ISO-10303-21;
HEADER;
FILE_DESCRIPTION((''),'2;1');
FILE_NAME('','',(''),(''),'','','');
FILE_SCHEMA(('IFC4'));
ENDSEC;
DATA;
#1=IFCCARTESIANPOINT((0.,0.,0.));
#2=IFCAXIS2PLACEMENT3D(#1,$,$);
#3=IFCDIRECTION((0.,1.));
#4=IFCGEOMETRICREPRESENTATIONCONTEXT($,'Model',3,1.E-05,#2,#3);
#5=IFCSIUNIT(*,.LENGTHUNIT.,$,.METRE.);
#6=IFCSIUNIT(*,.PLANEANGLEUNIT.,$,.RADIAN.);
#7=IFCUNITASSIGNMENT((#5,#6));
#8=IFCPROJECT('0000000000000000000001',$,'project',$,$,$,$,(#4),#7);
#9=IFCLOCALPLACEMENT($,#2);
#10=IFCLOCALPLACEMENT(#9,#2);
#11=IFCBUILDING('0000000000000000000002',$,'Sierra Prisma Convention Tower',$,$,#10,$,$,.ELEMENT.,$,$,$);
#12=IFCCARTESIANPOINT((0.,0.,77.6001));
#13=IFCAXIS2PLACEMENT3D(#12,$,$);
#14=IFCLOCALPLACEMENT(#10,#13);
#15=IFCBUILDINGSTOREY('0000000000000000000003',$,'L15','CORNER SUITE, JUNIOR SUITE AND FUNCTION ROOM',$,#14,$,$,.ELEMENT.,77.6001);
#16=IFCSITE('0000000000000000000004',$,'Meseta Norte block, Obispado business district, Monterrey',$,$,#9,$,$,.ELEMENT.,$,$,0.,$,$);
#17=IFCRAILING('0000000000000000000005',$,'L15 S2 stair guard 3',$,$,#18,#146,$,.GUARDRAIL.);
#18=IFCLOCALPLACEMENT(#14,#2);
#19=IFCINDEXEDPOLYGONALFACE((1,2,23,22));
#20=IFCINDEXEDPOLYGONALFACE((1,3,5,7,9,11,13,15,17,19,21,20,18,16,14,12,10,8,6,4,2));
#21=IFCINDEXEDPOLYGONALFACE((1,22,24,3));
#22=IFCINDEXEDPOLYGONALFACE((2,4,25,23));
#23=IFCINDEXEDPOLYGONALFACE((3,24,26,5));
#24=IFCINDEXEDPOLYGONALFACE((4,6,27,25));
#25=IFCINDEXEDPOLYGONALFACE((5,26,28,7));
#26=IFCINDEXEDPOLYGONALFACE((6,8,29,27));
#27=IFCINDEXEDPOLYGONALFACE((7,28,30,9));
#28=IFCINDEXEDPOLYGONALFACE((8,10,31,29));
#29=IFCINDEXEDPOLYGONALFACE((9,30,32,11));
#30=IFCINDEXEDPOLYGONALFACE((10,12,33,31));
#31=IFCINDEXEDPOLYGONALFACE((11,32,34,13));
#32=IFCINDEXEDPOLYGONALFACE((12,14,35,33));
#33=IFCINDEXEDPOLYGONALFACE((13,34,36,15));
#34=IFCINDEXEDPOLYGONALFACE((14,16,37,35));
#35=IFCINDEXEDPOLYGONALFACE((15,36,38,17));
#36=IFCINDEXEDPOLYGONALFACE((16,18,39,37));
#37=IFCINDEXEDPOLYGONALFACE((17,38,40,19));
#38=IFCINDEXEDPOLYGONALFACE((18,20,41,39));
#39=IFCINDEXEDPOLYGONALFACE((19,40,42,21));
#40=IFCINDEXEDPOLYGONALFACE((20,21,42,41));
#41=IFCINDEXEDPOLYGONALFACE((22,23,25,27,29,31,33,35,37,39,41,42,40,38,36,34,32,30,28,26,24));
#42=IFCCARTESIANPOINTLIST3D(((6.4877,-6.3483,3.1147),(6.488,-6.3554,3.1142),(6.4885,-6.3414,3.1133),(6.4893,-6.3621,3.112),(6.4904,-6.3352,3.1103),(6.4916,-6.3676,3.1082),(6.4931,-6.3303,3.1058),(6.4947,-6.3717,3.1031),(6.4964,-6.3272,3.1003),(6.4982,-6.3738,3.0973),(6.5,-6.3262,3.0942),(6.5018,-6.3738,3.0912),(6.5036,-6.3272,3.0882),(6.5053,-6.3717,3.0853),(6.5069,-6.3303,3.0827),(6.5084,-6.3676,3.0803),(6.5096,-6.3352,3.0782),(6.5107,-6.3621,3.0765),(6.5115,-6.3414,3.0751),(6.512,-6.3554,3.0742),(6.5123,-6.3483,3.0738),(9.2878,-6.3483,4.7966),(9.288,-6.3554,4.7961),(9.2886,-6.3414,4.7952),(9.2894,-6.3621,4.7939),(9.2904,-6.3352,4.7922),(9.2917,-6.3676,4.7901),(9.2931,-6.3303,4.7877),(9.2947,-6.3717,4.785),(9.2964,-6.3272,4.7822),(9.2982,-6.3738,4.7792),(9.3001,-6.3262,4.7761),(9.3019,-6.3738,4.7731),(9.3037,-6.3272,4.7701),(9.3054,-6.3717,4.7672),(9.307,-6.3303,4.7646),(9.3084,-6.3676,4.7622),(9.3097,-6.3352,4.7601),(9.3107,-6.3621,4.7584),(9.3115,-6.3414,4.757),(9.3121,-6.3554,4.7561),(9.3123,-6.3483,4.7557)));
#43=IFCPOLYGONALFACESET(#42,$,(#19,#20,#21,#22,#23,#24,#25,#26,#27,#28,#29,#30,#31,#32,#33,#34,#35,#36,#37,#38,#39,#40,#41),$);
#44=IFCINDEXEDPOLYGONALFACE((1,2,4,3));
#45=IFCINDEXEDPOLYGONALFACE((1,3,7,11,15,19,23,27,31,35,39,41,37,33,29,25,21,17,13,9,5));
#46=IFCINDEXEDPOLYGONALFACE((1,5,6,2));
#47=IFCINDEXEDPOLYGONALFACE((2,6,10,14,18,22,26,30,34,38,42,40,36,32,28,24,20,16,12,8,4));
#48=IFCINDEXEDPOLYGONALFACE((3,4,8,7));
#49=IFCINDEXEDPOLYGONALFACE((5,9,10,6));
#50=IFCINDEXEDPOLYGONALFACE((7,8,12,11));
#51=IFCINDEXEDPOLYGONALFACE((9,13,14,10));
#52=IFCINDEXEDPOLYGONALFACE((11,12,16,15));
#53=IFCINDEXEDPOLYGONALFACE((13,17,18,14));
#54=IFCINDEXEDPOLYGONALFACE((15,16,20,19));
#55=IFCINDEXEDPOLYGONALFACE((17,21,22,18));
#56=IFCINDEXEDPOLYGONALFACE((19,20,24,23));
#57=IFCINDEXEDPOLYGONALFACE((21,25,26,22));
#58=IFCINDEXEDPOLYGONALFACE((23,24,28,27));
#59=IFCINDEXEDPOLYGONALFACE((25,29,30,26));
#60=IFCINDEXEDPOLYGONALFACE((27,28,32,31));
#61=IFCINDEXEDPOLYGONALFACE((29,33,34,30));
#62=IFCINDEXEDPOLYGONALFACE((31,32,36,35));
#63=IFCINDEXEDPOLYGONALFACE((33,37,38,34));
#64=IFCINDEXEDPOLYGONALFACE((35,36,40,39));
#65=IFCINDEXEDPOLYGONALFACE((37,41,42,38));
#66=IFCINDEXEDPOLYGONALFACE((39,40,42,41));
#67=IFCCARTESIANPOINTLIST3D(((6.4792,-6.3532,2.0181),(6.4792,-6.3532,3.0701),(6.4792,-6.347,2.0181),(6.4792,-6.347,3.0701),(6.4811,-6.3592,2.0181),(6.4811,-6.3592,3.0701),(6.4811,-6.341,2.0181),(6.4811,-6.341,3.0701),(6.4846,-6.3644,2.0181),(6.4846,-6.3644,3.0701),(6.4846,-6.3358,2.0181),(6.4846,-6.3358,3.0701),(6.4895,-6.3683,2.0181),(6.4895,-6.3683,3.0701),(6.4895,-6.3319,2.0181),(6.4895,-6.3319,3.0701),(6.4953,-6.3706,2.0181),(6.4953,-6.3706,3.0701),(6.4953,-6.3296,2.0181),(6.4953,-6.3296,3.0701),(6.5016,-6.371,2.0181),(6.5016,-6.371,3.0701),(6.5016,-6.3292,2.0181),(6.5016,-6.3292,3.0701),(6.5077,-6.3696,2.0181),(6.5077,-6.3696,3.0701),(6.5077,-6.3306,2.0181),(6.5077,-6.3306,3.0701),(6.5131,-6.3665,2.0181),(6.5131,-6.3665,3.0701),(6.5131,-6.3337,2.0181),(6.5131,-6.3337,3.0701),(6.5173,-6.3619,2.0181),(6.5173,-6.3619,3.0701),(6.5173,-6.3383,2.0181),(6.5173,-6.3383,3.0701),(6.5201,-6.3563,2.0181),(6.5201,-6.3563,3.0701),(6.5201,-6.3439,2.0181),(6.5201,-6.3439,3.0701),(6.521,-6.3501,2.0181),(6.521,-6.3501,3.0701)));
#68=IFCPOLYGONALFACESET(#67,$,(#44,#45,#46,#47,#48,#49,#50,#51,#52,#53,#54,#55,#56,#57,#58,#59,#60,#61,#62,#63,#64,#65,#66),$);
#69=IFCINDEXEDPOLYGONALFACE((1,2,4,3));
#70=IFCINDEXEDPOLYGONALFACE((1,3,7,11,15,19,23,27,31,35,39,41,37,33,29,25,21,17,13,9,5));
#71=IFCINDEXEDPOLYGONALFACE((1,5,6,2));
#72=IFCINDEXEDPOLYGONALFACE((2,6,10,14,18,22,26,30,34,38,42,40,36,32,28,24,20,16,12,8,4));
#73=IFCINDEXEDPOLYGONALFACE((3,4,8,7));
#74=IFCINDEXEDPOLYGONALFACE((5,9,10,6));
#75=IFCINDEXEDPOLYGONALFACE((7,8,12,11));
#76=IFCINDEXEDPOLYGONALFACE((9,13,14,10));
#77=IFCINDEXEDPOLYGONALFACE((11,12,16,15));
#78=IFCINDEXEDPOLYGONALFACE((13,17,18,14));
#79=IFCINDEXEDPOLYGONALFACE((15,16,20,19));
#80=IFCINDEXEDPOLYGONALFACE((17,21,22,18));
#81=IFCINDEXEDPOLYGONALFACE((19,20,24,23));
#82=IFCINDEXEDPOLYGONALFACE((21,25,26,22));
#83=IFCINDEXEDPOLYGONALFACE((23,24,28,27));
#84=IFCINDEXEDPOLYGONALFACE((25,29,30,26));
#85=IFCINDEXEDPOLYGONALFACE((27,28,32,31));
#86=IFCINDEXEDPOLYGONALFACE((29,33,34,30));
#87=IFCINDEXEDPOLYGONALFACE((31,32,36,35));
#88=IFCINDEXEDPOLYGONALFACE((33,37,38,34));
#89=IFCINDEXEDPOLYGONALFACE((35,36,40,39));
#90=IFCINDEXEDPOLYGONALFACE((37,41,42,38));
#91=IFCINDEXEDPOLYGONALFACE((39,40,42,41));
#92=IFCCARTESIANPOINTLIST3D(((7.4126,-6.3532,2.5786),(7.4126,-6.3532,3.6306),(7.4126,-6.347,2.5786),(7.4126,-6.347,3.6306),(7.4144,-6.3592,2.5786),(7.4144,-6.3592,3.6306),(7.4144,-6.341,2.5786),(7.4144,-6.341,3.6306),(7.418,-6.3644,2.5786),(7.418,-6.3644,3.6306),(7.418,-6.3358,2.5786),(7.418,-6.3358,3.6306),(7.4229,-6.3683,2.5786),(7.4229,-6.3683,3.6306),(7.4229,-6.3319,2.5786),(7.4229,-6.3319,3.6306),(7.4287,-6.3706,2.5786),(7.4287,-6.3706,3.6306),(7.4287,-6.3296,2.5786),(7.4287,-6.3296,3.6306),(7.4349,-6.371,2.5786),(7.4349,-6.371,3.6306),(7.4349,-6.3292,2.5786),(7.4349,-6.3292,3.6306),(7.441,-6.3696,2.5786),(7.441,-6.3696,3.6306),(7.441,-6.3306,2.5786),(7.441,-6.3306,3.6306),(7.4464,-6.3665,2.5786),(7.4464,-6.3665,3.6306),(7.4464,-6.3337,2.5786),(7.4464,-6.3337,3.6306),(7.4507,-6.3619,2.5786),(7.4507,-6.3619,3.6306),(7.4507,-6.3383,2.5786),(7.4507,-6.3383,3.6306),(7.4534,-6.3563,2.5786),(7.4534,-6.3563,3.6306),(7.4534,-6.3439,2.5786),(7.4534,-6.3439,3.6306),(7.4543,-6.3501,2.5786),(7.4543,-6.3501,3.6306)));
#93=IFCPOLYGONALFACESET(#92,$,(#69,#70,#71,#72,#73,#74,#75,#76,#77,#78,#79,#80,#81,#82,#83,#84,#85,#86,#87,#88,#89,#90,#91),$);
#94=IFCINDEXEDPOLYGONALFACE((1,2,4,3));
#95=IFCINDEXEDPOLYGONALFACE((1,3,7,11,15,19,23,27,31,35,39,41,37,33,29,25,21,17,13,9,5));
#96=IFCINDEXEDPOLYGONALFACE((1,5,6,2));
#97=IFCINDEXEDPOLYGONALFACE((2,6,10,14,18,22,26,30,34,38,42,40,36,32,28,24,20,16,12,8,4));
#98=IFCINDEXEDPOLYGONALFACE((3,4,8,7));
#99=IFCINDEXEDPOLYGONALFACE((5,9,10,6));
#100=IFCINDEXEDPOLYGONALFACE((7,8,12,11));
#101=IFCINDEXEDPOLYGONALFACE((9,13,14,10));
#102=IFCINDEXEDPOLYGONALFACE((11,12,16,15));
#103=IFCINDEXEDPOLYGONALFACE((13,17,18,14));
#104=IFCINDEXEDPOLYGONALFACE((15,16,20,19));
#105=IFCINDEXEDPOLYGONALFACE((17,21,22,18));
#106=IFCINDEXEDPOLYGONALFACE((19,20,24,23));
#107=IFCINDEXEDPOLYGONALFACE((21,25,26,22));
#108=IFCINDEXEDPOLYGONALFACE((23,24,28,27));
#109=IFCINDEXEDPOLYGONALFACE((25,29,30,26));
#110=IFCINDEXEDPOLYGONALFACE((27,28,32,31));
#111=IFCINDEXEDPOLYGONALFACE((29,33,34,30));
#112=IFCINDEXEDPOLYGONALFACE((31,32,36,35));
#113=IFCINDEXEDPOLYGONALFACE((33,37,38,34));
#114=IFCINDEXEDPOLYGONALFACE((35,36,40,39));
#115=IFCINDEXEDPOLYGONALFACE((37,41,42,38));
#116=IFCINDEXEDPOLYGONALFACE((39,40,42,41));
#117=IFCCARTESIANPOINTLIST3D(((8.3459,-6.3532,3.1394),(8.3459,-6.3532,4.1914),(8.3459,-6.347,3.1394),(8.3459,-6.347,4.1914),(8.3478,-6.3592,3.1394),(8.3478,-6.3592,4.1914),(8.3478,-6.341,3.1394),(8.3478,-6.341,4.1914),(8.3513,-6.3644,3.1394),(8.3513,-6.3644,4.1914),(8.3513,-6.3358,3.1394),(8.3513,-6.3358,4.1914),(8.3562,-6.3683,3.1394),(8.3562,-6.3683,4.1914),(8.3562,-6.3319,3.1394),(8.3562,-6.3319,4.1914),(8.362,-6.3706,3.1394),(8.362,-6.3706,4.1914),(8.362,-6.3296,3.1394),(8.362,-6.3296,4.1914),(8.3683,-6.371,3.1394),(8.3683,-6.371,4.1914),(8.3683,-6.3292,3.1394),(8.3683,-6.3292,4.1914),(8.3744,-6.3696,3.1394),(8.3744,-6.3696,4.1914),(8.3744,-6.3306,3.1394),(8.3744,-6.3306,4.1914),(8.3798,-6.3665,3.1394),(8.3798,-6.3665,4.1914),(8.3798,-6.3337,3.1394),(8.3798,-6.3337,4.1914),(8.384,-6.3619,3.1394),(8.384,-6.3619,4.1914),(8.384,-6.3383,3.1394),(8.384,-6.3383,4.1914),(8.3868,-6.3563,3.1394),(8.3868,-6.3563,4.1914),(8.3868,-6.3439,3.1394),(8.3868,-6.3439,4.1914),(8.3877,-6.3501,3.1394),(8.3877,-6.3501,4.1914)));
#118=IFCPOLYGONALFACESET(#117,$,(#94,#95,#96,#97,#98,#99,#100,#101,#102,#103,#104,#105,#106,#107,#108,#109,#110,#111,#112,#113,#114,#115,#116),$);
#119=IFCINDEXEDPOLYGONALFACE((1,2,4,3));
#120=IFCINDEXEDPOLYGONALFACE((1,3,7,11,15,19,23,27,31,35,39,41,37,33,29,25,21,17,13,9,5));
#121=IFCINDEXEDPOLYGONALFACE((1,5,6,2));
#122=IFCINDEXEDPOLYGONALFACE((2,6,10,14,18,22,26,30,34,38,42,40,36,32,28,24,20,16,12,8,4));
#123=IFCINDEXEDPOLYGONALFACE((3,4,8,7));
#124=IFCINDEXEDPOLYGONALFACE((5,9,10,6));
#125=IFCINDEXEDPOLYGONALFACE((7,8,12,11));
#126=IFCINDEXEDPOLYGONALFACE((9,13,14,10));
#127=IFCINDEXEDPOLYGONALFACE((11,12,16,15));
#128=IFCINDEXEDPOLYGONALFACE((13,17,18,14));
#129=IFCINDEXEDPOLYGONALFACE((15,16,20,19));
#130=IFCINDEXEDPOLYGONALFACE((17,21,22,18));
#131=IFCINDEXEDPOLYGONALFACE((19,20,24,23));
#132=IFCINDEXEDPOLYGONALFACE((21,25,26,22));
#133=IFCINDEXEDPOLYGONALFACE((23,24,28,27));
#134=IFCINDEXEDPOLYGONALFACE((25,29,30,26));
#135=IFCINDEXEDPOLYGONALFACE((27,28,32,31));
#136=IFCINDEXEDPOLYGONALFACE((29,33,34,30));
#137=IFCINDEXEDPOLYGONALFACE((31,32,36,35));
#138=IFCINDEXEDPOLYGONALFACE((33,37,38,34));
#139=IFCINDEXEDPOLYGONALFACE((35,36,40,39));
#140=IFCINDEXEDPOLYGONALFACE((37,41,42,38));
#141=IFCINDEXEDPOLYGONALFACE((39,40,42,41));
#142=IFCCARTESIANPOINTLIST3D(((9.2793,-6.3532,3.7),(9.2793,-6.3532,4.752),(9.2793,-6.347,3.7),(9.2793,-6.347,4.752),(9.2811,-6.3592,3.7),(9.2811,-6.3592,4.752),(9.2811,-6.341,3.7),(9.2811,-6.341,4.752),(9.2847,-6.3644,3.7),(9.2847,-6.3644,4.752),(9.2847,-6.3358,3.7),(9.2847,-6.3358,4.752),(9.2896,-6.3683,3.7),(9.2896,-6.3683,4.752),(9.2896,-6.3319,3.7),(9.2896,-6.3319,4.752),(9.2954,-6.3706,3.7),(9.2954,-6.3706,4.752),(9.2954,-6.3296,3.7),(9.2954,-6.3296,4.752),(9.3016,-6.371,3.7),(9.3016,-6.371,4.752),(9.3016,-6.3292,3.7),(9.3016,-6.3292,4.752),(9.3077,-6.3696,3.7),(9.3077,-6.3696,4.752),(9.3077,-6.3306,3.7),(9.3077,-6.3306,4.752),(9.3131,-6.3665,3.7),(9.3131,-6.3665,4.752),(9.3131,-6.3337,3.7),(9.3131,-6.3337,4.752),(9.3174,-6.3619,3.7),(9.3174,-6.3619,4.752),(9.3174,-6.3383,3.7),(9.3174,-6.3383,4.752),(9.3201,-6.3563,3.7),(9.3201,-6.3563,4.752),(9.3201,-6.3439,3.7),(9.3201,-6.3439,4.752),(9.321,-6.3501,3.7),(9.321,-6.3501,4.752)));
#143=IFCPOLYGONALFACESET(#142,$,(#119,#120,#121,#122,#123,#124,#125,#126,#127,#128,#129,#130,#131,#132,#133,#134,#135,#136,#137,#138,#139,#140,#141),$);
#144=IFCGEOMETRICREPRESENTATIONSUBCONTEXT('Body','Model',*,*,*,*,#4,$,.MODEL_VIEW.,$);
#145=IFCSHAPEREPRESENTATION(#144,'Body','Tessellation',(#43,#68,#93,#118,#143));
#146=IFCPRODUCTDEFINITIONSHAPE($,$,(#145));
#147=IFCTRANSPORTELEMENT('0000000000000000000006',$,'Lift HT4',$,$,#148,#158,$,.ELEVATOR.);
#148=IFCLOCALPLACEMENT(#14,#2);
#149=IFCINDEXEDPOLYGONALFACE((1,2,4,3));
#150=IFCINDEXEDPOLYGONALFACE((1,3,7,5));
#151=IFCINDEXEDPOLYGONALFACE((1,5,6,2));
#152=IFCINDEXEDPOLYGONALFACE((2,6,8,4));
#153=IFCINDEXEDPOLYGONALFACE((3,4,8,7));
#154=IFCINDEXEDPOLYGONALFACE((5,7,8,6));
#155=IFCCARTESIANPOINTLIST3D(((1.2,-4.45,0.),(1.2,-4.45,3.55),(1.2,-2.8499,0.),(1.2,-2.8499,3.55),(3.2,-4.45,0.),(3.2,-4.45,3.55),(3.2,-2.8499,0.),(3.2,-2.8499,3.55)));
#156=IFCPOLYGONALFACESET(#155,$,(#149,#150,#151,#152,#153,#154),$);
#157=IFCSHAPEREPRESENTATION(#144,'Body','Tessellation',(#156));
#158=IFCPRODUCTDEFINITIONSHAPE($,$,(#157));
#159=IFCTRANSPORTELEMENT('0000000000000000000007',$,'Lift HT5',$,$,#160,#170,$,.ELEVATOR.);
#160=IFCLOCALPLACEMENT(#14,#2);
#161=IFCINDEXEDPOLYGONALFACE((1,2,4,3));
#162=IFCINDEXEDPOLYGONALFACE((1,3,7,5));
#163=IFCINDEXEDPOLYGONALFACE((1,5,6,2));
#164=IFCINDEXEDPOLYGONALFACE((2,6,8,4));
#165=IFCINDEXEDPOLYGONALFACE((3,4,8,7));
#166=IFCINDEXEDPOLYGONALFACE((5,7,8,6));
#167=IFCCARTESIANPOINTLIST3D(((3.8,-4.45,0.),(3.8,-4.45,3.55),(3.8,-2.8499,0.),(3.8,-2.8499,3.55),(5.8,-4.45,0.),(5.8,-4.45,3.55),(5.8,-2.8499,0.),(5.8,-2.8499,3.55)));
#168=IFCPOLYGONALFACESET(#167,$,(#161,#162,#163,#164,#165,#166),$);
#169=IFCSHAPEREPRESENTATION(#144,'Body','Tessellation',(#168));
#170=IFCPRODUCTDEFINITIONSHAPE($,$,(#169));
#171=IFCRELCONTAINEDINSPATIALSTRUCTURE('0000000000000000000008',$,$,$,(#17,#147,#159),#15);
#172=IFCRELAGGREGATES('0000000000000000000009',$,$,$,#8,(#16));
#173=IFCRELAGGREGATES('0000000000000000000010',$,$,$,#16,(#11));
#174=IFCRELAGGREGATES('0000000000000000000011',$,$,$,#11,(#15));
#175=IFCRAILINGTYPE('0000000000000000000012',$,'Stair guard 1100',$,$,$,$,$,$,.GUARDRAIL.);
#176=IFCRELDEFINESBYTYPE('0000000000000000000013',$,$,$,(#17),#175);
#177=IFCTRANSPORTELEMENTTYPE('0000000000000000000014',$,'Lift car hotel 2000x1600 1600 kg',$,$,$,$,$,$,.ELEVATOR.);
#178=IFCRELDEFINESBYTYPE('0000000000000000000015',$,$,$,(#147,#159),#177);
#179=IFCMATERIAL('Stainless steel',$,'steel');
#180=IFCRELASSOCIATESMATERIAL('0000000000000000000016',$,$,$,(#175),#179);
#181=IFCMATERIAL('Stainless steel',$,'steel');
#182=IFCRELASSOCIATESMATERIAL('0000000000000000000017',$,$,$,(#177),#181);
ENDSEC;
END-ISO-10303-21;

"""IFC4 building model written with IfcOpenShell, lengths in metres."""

from ifc_helpers import new_model, si_unit, direction, frame, origin, origin_2d, place, context, subcontext, project, spatial, rectangle, circle, extrude, material, type_object, element, save


model = new_model("IFC4")

# Units and contexts
model_context = context("Model", 3, precision=1e-05, world=origin(), true_north=direction((0.0, 1.0)))
body_context = subcontext(model_context, "Body", "Model", "MODEL_VIEW")
ifc_project = project(units=[si_unit("LENGTHUNIT", "METRE"), si_unit("PLANEANGLEUNIT", "RADIAN")], contexts=[model_context])

# Site, building, storey
site_placement = place(None, origin())
site = spatial("IfcSite", under=ifc_project, at=site_placement, Name="Meseta Norte block, Obispado business district, Monterrey", CompositionType="ELEMENT", RefElevation=0.0)
building_placement = place(site_placement, origin())
building = spatial("IfcBuilding", under=site, at=building_placement, Name="Sierra Prisma Convention Tower", CompositionType="ELEMENT")
storey_placement = place(building_placement, frame((0.0, 0.0, 77.6001)))
storey = spatial("IfcBuildingStorey", under=building, at=storey_placement, Name="L15", Description="CORNER SUITE, JUNIOR SUITE AND FUNCTION ROOM", CompositionType="ELEMENT", Elevation=77.6001)

# Railing
ifc_material_1 = material(Name="Stainless steel", Category="steel")
railing_type_1 = type_object("IfcRailingType", Name="Stair guard 1100", PredefinedType="GUARDRAIL", material=ifc_material_1)
railing_1_placement = place(storey_placement, frame((6.5, -6.3501, 2.0181)))
element("IfcRailing", 1, at=railing_1_placement, inside=storey, type_object=railing_type_1, Name="L15 S2 stair guard 3", PredefinedType="GUARDRAIL", context=body_context, shape_type="SweptSolid", body=[
    extrude(circle(Radius=0.0239, at=origin_2d()), frame((0.0, 0.0, 1.0762), z_axis=(0.857242, 0.0, 0.514913), x_axis=(0.0, 1.0, 0.0)), (0.0, 0.0, 1.0), 3.2664),
    extrude(circle(Radius=0.021, at=origin_2d()), origin(), (0.0, 0.0, 1.0), 1.052),
    extrude(circle(Radius=0.021, at=origin_2d()), frame((0.9333, 0.0, 0.5605)), (0.0, 0.0, 1.0), 1.052),
    extrude(circle(Radius=0.021, at=origin_2d()), frame((1.8667, 0.0, 1.1213)), (0.0, 0.0, 1.0), 1.052),
    extrude(circle(Radius=0.021, at=origin_2d()), frame((2.8, 0.0, 1.6819)), (0.0, 0.0, 1.0), 1.052),
])

# Transport elements
ifc_material_2 = material(Name="Stainless steel", Category="steel")
transport_element_type = type_object("IfcTransportElementType", Name="Lift car hotel 2000x1600 1600 kg", PredefinedType="ELEVATOR", material=ifc_material_2)
for number, where, z_axis, x_axis, name in (
    (2, (2.2, -3.6499, 0.0), (0.0, 0.0, 1.0), (1.0, 0.0, 0.0), "Lift HT4"),
    (3, (4.8, -3.6499, 0.0), (0.0, 0.0, 1.0), (1.0, 0.0, 0.0), "Lift HT5"),
):
    element("IfcTransportElement", number, at=place(storey_placement, frame(where, z_axis=z_axis, x_axis=x_axis)), inside=storey, type_object=transport_element_type, Name=name, PredefinedType="ELEVATOR", context=body_context, shape_type="SweptSolid", body=[
        extrude(rectangle(XDim=2.0, YDim=1.6001, at=origin_2d()), origin(), (0.0, 0.0, 1.0), 3.55),
    ])

save(model, "model.ifc")
